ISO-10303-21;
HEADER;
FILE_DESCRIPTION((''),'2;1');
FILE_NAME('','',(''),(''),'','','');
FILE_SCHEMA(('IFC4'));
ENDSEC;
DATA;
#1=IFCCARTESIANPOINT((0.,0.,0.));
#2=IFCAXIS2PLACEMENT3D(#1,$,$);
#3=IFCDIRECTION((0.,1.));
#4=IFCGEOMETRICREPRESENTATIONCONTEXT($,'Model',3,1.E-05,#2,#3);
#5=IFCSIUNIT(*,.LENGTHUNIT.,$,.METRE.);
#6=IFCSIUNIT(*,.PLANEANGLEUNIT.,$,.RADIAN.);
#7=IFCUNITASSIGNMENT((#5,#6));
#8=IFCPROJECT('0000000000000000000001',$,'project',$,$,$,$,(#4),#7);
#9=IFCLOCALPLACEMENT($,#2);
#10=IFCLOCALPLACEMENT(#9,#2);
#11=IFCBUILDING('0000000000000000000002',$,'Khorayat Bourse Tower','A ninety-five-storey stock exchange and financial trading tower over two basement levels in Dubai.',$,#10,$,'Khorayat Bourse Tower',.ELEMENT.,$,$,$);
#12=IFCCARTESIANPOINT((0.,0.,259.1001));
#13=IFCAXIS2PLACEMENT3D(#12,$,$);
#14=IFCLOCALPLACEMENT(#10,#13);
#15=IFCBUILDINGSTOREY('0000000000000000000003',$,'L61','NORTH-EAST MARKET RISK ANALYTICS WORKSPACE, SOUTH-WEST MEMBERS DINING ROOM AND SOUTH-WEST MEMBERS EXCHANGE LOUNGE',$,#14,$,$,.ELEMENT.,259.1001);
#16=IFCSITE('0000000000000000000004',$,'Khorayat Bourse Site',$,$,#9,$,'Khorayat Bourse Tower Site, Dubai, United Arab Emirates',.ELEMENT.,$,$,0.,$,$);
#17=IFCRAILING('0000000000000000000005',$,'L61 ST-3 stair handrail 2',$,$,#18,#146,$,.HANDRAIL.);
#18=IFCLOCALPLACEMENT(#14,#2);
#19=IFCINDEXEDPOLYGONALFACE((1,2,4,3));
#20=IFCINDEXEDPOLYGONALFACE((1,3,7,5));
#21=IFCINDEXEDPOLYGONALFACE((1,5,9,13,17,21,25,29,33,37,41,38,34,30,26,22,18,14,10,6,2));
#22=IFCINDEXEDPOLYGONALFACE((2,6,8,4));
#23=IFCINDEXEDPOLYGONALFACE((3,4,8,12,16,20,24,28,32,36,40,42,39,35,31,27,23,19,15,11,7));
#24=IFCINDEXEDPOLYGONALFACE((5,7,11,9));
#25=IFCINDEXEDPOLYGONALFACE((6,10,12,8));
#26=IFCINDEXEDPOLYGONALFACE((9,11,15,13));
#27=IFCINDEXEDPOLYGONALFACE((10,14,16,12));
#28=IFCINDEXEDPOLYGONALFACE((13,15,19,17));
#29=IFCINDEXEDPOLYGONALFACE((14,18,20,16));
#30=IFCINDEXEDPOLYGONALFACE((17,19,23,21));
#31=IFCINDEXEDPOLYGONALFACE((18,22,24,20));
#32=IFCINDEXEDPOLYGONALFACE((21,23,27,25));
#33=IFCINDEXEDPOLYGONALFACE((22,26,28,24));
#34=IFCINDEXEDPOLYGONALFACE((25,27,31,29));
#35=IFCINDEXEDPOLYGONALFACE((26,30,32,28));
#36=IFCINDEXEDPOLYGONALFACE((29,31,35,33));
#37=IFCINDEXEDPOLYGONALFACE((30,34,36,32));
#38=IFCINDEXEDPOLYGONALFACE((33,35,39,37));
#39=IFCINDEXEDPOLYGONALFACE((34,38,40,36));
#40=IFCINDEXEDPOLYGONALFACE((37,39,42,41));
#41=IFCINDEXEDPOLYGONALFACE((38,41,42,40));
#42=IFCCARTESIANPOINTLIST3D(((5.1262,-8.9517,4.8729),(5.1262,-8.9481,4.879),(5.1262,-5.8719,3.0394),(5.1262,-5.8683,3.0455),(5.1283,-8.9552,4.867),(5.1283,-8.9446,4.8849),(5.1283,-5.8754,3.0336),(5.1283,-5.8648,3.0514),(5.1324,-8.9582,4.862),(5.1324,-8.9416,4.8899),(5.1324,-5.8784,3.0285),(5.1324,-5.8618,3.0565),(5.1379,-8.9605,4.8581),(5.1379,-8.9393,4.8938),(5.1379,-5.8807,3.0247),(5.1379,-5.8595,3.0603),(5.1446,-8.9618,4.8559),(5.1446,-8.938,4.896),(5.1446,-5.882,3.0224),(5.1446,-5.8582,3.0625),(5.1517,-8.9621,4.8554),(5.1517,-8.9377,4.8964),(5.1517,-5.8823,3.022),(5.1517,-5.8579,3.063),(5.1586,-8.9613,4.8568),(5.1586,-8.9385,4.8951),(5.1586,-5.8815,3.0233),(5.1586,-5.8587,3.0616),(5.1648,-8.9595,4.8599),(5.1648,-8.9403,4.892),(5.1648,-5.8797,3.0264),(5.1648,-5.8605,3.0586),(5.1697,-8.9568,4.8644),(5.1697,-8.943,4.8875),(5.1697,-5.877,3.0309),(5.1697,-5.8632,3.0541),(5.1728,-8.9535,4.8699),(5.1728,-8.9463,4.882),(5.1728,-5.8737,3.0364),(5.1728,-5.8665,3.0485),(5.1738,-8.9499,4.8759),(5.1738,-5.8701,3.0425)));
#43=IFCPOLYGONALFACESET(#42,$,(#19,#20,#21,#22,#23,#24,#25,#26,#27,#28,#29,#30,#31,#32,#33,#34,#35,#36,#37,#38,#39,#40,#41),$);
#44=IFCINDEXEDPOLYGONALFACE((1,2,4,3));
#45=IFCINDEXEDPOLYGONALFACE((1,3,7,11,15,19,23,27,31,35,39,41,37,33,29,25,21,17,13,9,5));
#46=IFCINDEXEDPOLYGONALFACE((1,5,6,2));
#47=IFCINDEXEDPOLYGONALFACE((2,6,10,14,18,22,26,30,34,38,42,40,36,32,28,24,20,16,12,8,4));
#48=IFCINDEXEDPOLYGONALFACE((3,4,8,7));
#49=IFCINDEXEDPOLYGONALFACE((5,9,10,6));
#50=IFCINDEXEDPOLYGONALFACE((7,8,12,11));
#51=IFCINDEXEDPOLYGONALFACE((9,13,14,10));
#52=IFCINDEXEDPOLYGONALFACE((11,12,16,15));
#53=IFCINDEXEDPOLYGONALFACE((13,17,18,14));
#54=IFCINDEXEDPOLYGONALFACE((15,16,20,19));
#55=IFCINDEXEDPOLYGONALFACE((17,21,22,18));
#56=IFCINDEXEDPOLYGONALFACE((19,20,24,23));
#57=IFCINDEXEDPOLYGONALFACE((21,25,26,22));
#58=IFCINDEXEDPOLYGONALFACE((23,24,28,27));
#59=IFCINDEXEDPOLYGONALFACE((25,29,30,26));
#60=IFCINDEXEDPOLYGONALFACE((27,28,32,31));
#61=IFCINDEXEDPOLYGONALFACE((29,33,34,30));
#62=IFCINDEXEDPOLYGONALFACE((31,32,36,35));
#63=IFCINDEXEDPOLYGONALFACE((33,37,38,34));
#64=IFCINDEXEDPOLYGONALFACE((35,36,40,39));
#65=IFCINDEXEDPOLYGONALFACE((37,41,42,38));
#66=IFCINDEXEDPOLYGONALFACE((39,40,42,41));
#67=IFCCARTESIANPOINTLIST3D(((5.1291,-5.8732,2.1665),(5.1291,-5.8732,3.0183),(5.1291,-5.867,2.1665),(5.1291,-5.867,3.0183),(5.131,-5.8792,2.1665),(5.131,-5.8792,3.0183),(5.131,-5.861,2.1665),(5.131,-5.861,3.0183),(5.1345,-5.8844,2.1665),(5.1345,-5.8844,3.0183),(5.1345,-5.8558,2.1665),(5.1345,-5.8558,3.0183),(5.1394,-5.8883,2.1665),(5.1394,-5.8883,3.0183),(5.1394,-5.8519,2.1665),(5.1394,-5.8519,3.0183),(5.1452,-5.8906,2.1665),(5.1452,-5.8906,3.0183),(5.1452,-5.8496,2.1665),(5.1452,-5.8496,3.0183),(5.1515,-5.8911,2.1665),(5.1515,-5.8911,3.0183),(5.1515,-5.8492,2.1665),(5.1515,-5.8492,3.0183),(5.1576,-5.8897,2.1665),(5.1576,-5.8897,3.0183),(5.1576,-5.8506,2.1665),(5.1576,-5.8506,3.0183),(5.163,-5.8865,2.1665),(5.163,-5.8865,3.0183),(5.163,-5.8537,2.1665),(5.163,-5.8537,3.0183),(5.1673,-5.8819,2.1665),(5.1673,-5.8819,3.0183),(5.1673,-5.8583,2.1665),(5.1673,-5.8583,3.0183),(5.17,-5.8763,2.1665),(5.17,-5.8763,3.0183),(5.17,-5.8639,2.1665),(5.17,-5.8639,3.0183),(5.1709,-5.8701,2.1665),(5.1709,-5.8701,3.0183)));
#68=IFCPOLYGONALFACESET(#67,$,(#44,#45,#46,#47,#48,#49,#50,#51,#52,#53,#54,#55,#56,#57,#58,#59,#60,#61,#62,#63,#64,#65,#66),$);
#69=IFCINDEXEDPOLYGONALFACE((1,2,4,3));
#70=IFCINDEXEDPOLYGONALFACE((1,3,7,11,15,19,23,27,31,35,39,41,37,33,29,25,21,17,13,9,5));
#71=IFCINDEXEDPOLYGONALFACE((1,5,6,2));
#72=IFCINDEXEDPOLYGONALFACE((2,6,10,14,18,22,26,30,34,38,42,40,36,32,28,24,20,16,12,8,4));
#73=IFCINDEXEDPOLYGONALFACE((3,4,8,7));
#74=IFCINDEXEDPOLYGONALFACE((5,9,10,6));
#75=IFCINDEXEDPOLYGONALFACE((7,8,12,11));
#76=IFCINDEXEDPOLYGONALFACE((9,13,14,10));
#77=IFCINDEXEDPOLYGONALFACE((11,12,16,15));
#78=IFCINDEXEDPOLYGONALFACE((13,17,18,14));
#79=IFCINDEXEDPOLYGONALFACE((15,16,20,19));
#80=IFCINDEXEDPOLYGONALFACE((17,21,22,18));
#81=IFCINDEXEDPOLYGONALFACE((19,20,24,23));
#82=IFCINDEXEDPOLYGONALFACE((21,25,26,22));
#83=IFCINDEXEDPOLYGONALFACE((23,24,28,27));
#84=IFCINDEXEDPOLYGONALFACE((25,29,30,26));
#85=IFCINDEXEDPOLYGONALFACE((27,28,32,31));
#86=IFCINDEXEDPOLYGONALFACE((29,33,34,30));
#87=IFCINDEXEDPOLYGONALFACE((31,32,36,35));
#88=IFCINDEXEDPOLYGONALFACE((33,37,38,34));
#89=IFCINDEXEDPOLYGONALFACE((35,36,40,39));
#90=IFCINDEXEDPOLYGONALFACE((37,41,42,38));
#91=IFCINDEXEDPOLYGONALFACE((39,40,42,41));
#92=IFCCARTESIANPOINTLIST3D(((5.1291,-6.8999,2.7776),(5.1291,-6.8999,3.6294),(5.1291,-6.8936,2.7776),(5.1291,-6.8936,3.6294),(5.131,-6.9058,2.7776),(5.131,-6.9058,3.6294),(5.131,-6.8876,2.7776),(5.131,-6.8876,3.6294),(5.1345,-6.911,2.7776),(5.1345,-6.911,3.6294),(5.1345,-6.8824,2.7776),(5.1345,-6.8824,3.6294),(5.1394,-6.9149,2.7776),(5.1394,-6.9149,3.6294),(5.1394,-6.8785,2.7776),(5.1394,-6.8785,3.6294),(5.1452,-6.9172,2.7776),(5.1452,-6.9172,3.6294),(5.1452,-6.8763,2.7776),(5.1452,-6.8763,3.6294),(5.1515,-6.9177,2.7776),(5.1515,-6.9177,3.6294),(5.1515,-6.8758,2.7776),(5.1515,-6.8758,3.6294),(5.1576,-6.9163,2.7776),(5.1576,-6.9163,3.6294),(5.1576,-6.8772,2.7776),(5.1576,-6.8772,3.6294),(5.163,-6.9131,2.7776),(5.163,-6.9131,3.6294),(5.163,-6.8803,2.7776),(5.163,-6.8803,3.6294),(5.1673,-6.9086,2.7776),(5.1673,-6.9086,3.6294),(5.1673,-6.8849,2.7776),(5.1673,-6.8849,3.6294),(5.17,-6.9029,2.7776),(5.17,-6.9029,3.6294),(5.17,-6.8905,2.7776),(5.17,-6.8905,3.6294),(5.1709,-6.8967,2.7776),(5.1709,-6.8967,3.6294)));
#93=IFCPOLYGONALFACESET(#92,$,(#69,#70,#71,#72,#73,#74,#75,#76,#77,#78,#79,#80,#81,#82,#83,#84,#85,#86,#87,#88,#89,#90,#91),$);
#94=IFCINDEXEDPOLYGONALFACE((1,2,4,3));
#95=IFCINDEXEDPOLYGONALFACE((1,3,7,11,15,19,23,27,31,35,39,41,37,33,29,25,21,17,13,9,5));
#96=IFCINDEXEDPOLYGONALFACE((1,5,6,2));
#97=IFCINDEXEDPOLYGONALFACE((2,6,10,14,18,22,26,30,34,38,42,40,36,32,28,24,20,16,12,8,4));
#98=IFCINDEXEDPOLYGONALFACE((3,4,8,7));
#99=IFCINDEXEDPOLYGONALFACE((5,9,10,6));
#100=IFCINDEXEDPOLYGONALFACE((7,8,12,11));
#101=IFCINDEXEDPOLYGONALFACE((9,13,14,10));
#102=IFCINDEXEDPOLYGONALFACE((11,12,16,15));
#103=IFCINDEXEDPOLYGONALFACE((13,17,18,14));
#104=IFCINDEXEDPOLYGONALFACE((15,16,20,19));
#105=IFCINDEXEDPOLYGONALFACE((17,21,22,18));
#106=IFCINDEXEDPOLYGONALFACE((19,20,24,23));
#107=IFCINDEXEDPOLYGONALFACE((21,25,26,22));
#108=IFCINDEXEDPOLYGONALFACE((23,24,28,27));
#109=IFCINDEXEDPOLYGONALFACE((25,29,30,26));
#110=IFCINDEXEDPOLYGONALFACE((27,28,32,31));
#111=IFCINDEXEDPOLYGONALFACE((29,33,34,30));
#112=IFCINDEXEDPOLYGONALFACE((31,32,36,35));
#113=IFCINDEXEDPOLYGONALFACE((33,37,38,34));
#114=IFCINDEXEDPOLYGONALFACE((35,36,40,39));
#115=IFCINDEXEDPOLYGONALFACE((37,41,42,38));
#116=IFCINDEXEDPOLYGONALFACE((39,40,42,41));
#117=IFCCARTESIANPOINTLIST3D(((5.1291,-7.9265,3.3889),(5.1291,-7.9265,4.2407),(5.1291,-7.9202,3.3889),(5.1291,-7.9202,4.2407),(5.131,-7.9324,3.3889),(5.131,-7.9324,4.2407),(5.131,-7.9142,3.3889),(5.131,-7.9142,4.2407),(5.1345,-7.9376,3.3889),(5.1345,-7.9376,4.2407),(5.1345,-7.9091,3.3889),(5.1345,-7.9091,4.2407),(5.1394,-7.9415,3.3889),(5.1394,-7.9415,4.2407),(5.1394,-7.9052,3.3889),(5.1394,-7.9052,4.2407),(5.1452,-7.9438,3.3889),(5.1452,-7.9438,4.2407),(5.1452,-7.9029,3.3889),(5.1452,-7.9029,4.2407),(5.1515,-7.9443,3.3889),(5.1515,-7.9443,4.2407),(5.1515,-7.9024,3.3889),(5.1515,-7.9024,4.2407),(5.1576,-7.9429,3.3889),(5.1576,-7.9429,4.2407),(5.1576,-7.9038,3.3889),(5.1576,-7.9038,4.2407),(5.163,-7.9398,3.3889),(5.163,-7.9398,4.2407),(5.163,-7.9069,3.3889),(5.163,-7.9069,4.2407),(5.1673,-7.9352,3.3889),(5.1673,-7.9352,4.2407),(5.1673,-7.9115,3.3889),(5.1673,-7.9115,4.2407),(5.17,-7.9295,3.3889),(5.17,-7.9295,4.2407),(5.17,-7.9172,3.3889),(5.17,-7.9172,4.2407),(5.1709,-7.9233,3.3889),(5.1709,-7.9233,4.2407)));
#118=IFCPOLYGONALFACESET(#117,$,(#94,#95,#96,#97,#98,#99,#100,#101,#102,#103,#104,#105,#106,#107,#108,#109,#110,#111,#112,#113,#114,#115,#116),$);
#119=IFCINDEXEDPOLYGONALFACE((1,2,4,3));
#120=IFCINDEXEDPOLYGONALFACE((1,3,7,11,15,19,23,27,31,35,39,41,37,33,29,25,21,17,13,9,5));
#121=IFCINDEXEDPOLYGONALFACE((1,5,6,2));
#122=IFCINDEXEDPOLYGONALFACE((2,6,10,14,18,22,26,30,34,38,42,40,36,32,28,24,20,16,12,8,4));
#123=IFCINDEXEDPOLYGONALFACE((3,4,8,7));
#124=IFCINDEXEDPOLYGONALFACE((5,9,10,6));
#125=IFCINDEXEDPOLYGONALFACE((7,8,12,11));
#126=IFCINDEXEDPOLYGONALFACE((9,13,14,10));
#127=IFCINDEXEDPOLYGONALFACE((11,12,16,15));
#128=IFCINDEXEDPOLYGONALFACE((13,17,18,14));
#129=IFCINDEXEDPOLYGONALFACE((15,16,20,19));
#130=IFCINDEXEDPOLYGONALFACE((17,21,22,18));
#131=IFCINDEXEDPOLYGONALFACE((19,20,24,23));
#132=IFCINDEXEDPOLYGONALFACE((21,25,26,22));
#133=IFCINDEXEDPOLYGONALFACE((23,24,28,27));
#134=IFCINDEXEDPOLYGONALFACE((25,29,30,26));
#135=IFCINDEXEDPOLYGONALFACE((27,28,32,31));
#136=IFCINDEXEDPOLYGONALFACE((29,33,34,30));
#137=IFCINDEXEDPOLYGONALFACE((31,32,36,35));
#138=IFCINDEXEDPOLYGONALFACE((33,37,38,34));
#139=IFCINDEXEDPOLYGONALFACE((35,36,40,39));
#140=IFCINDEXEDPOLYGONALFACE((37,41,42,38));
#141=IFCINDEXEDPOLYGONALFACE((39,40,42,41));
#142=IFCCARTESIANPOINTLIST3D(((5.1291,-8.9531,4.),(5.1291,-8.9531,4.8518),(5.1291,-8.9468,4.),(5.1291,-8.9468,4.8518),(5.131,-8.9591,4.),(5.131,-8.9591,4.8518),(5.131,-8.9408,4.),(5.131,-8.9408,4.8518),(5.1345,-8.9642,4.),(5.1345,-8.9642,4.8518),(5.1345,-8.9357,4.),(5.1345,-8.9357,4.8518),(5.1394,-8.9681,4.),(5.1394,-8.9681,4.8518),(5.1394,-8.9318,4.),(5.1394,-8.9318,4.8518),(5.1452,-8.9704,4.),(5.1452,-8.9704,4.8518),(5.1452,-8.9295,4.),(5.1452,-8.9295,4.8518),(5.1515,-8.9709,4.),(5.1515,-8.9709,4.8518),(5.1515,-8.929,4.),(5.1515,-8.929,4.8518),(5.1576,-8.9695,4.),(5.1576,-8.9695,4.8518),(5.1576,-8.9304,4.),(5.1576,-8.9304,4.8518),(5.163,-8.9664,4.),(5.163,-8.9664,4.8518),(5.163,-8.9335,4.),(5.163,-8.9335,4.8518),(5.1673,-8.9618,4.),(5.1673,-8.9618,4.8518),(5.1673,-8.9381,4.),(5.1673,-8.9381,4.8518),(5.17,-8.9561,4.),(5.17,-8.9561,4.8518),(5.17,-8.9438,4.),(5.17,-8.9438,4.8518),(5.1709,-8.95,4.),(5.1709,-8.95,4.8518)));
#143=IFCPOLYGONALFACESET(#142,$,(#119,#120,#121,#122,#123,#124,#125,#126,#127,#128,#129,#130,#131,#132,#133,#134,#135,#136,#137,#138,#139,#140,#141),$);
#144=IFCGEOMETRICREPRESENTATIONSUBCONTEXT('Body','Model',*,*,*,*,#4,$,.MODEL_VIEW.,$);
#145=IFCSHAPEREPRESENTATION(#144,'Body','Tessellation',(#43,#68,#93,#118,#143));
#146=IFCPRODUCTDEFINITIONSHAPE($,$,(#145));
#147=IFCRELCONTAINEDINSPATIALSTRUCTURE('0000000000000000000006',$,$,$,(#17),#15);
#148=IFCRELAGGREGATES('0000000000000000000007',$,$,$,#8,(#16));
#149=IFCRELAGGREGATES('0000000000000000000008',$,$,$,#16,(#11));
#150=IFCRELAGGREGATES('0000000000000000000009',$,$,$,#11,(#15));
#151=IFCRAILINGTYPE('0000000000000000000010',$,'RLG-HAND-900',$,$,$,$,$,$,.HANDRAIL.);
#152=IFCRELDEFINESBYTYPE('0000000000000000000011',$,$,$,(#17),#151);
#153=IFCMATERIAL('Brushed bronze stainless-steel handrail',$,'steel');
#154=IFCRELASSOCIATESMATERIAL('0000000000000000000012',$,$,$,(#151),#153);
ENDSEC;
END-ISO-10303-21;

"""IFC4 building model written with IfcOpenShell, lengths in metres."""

from ifc_helpers import new_model, si_unit, direction, frame, origin, origin_2d, place, context, subcontext, project, spatial, circle, extrude, source, transform, mapped, material, type_object, element, save


model = new_model("IFC4")

# Units and contexts
model_context = context("Model", 3, precision=1e-05, world=origin(), true_north=direction((0.0, 1.0)))
body_context = subcontext(model_context, "Body", "Model", "MODEL_VIEW")
ifc_project = project(units=[si_unit("LENGTHUNIT", "METRE"), si_unit("PLANEANGLEUNIT", "RADIAN")], contexts=[model_context])

# Site, building, storey
site_placement = place(None, origin())
site = spatial("IfcSite", under=ifc_project, at=site_placement, Name="Khorayat Bourse Site", LongName="Khorayat Bourse Tower Site, Dubai, United Arab Emirates", CompositionType="ELEMENT", RefElevation=0.0)
building_placement = place(site_placement, origin())
building = spatial("IfcBuilding", under=site, at=building_placement, Name="Khorayat Bourse Tower", Description="A ninety-five-storey stock exchange and financial trading tower over two basement levels in Dubai.", LongName="Khorayat Bourse Tower", CompositionType="ELEMENT")
storey_placement = place(building_placement, frame((0.0, 0.0, 259.1001)))
storey = spatial("IfcBuildingStorey", under=building, at=storey_placement, Name="L61", Description="NORTH-EAST MARKET RISK ANALYTICS WORKSPACE, SOUTH-WEST MEMBERS DINING ROOM AND SOUTH-WEST MEMBERS EXCHANGE LOUNGE", CompositionType="ELEMENT", Elevation=259.1001)

# Railing
ifc_material_1 = material(Name="Brushed bronze stainless-steel handrail", Category="steel")
railing_type_1 = type_object("IfcRailingType", Name="RLG-HAND-900", PredefinedType="HANDRAIL", material=ifc_material_1)
shared_shape_1 = source(origin(), body_context, "Body", "SweptSolid", [
    extrude(circle(Radius=0.0239, at=origin_2d()), frame((0.0, 0.0, 0.876), z_axis=(0.0, -0.859261, 0.511538), x_axis=(1.0, 0.0, 0.0)), (0.0, 0.0, 1.0), 3.5842),
    extrude(circle(Radius=0.021, at=origin_2d()), origin(), (0.0, 0.0, 1.0), 0.8518),
    extrude(circle(Radius=0.021, at=origin_2d()), frame((0.0, -1.0266, 0.6111)), (0.0, 0.0, 1.0), 0.8518),
    extrude(circle(Radius=0.021, at=origin_2d()), frame((0.0, -2.0532, 1.2224)), (0.0, 0.0, 1.0), 0.8518),
    extrude(circle(Radius=0.021, at=origin_2d()), frame((0.0, -3.0798, 1.8335)), (0.0, 0.0, 1.0), 0.8518),
])
railing_1_placement = place(storey_placement, frame((5.1499, -5.8701, 2.1665)))
element("IfcRailing", 1, at=railing_1_placement, inside=storey, type_object=railing_type_1, Name="L61 ST-3 stair handrail 2", PredefinedType="HANDRAIL", context=body_context, shape_type="MappedRepresentation", body=[
    mapped(shared_shape_1, transform((0.0, 0.0, 0.0), scale=1.0)),
])

save(model, "model.ifc")
